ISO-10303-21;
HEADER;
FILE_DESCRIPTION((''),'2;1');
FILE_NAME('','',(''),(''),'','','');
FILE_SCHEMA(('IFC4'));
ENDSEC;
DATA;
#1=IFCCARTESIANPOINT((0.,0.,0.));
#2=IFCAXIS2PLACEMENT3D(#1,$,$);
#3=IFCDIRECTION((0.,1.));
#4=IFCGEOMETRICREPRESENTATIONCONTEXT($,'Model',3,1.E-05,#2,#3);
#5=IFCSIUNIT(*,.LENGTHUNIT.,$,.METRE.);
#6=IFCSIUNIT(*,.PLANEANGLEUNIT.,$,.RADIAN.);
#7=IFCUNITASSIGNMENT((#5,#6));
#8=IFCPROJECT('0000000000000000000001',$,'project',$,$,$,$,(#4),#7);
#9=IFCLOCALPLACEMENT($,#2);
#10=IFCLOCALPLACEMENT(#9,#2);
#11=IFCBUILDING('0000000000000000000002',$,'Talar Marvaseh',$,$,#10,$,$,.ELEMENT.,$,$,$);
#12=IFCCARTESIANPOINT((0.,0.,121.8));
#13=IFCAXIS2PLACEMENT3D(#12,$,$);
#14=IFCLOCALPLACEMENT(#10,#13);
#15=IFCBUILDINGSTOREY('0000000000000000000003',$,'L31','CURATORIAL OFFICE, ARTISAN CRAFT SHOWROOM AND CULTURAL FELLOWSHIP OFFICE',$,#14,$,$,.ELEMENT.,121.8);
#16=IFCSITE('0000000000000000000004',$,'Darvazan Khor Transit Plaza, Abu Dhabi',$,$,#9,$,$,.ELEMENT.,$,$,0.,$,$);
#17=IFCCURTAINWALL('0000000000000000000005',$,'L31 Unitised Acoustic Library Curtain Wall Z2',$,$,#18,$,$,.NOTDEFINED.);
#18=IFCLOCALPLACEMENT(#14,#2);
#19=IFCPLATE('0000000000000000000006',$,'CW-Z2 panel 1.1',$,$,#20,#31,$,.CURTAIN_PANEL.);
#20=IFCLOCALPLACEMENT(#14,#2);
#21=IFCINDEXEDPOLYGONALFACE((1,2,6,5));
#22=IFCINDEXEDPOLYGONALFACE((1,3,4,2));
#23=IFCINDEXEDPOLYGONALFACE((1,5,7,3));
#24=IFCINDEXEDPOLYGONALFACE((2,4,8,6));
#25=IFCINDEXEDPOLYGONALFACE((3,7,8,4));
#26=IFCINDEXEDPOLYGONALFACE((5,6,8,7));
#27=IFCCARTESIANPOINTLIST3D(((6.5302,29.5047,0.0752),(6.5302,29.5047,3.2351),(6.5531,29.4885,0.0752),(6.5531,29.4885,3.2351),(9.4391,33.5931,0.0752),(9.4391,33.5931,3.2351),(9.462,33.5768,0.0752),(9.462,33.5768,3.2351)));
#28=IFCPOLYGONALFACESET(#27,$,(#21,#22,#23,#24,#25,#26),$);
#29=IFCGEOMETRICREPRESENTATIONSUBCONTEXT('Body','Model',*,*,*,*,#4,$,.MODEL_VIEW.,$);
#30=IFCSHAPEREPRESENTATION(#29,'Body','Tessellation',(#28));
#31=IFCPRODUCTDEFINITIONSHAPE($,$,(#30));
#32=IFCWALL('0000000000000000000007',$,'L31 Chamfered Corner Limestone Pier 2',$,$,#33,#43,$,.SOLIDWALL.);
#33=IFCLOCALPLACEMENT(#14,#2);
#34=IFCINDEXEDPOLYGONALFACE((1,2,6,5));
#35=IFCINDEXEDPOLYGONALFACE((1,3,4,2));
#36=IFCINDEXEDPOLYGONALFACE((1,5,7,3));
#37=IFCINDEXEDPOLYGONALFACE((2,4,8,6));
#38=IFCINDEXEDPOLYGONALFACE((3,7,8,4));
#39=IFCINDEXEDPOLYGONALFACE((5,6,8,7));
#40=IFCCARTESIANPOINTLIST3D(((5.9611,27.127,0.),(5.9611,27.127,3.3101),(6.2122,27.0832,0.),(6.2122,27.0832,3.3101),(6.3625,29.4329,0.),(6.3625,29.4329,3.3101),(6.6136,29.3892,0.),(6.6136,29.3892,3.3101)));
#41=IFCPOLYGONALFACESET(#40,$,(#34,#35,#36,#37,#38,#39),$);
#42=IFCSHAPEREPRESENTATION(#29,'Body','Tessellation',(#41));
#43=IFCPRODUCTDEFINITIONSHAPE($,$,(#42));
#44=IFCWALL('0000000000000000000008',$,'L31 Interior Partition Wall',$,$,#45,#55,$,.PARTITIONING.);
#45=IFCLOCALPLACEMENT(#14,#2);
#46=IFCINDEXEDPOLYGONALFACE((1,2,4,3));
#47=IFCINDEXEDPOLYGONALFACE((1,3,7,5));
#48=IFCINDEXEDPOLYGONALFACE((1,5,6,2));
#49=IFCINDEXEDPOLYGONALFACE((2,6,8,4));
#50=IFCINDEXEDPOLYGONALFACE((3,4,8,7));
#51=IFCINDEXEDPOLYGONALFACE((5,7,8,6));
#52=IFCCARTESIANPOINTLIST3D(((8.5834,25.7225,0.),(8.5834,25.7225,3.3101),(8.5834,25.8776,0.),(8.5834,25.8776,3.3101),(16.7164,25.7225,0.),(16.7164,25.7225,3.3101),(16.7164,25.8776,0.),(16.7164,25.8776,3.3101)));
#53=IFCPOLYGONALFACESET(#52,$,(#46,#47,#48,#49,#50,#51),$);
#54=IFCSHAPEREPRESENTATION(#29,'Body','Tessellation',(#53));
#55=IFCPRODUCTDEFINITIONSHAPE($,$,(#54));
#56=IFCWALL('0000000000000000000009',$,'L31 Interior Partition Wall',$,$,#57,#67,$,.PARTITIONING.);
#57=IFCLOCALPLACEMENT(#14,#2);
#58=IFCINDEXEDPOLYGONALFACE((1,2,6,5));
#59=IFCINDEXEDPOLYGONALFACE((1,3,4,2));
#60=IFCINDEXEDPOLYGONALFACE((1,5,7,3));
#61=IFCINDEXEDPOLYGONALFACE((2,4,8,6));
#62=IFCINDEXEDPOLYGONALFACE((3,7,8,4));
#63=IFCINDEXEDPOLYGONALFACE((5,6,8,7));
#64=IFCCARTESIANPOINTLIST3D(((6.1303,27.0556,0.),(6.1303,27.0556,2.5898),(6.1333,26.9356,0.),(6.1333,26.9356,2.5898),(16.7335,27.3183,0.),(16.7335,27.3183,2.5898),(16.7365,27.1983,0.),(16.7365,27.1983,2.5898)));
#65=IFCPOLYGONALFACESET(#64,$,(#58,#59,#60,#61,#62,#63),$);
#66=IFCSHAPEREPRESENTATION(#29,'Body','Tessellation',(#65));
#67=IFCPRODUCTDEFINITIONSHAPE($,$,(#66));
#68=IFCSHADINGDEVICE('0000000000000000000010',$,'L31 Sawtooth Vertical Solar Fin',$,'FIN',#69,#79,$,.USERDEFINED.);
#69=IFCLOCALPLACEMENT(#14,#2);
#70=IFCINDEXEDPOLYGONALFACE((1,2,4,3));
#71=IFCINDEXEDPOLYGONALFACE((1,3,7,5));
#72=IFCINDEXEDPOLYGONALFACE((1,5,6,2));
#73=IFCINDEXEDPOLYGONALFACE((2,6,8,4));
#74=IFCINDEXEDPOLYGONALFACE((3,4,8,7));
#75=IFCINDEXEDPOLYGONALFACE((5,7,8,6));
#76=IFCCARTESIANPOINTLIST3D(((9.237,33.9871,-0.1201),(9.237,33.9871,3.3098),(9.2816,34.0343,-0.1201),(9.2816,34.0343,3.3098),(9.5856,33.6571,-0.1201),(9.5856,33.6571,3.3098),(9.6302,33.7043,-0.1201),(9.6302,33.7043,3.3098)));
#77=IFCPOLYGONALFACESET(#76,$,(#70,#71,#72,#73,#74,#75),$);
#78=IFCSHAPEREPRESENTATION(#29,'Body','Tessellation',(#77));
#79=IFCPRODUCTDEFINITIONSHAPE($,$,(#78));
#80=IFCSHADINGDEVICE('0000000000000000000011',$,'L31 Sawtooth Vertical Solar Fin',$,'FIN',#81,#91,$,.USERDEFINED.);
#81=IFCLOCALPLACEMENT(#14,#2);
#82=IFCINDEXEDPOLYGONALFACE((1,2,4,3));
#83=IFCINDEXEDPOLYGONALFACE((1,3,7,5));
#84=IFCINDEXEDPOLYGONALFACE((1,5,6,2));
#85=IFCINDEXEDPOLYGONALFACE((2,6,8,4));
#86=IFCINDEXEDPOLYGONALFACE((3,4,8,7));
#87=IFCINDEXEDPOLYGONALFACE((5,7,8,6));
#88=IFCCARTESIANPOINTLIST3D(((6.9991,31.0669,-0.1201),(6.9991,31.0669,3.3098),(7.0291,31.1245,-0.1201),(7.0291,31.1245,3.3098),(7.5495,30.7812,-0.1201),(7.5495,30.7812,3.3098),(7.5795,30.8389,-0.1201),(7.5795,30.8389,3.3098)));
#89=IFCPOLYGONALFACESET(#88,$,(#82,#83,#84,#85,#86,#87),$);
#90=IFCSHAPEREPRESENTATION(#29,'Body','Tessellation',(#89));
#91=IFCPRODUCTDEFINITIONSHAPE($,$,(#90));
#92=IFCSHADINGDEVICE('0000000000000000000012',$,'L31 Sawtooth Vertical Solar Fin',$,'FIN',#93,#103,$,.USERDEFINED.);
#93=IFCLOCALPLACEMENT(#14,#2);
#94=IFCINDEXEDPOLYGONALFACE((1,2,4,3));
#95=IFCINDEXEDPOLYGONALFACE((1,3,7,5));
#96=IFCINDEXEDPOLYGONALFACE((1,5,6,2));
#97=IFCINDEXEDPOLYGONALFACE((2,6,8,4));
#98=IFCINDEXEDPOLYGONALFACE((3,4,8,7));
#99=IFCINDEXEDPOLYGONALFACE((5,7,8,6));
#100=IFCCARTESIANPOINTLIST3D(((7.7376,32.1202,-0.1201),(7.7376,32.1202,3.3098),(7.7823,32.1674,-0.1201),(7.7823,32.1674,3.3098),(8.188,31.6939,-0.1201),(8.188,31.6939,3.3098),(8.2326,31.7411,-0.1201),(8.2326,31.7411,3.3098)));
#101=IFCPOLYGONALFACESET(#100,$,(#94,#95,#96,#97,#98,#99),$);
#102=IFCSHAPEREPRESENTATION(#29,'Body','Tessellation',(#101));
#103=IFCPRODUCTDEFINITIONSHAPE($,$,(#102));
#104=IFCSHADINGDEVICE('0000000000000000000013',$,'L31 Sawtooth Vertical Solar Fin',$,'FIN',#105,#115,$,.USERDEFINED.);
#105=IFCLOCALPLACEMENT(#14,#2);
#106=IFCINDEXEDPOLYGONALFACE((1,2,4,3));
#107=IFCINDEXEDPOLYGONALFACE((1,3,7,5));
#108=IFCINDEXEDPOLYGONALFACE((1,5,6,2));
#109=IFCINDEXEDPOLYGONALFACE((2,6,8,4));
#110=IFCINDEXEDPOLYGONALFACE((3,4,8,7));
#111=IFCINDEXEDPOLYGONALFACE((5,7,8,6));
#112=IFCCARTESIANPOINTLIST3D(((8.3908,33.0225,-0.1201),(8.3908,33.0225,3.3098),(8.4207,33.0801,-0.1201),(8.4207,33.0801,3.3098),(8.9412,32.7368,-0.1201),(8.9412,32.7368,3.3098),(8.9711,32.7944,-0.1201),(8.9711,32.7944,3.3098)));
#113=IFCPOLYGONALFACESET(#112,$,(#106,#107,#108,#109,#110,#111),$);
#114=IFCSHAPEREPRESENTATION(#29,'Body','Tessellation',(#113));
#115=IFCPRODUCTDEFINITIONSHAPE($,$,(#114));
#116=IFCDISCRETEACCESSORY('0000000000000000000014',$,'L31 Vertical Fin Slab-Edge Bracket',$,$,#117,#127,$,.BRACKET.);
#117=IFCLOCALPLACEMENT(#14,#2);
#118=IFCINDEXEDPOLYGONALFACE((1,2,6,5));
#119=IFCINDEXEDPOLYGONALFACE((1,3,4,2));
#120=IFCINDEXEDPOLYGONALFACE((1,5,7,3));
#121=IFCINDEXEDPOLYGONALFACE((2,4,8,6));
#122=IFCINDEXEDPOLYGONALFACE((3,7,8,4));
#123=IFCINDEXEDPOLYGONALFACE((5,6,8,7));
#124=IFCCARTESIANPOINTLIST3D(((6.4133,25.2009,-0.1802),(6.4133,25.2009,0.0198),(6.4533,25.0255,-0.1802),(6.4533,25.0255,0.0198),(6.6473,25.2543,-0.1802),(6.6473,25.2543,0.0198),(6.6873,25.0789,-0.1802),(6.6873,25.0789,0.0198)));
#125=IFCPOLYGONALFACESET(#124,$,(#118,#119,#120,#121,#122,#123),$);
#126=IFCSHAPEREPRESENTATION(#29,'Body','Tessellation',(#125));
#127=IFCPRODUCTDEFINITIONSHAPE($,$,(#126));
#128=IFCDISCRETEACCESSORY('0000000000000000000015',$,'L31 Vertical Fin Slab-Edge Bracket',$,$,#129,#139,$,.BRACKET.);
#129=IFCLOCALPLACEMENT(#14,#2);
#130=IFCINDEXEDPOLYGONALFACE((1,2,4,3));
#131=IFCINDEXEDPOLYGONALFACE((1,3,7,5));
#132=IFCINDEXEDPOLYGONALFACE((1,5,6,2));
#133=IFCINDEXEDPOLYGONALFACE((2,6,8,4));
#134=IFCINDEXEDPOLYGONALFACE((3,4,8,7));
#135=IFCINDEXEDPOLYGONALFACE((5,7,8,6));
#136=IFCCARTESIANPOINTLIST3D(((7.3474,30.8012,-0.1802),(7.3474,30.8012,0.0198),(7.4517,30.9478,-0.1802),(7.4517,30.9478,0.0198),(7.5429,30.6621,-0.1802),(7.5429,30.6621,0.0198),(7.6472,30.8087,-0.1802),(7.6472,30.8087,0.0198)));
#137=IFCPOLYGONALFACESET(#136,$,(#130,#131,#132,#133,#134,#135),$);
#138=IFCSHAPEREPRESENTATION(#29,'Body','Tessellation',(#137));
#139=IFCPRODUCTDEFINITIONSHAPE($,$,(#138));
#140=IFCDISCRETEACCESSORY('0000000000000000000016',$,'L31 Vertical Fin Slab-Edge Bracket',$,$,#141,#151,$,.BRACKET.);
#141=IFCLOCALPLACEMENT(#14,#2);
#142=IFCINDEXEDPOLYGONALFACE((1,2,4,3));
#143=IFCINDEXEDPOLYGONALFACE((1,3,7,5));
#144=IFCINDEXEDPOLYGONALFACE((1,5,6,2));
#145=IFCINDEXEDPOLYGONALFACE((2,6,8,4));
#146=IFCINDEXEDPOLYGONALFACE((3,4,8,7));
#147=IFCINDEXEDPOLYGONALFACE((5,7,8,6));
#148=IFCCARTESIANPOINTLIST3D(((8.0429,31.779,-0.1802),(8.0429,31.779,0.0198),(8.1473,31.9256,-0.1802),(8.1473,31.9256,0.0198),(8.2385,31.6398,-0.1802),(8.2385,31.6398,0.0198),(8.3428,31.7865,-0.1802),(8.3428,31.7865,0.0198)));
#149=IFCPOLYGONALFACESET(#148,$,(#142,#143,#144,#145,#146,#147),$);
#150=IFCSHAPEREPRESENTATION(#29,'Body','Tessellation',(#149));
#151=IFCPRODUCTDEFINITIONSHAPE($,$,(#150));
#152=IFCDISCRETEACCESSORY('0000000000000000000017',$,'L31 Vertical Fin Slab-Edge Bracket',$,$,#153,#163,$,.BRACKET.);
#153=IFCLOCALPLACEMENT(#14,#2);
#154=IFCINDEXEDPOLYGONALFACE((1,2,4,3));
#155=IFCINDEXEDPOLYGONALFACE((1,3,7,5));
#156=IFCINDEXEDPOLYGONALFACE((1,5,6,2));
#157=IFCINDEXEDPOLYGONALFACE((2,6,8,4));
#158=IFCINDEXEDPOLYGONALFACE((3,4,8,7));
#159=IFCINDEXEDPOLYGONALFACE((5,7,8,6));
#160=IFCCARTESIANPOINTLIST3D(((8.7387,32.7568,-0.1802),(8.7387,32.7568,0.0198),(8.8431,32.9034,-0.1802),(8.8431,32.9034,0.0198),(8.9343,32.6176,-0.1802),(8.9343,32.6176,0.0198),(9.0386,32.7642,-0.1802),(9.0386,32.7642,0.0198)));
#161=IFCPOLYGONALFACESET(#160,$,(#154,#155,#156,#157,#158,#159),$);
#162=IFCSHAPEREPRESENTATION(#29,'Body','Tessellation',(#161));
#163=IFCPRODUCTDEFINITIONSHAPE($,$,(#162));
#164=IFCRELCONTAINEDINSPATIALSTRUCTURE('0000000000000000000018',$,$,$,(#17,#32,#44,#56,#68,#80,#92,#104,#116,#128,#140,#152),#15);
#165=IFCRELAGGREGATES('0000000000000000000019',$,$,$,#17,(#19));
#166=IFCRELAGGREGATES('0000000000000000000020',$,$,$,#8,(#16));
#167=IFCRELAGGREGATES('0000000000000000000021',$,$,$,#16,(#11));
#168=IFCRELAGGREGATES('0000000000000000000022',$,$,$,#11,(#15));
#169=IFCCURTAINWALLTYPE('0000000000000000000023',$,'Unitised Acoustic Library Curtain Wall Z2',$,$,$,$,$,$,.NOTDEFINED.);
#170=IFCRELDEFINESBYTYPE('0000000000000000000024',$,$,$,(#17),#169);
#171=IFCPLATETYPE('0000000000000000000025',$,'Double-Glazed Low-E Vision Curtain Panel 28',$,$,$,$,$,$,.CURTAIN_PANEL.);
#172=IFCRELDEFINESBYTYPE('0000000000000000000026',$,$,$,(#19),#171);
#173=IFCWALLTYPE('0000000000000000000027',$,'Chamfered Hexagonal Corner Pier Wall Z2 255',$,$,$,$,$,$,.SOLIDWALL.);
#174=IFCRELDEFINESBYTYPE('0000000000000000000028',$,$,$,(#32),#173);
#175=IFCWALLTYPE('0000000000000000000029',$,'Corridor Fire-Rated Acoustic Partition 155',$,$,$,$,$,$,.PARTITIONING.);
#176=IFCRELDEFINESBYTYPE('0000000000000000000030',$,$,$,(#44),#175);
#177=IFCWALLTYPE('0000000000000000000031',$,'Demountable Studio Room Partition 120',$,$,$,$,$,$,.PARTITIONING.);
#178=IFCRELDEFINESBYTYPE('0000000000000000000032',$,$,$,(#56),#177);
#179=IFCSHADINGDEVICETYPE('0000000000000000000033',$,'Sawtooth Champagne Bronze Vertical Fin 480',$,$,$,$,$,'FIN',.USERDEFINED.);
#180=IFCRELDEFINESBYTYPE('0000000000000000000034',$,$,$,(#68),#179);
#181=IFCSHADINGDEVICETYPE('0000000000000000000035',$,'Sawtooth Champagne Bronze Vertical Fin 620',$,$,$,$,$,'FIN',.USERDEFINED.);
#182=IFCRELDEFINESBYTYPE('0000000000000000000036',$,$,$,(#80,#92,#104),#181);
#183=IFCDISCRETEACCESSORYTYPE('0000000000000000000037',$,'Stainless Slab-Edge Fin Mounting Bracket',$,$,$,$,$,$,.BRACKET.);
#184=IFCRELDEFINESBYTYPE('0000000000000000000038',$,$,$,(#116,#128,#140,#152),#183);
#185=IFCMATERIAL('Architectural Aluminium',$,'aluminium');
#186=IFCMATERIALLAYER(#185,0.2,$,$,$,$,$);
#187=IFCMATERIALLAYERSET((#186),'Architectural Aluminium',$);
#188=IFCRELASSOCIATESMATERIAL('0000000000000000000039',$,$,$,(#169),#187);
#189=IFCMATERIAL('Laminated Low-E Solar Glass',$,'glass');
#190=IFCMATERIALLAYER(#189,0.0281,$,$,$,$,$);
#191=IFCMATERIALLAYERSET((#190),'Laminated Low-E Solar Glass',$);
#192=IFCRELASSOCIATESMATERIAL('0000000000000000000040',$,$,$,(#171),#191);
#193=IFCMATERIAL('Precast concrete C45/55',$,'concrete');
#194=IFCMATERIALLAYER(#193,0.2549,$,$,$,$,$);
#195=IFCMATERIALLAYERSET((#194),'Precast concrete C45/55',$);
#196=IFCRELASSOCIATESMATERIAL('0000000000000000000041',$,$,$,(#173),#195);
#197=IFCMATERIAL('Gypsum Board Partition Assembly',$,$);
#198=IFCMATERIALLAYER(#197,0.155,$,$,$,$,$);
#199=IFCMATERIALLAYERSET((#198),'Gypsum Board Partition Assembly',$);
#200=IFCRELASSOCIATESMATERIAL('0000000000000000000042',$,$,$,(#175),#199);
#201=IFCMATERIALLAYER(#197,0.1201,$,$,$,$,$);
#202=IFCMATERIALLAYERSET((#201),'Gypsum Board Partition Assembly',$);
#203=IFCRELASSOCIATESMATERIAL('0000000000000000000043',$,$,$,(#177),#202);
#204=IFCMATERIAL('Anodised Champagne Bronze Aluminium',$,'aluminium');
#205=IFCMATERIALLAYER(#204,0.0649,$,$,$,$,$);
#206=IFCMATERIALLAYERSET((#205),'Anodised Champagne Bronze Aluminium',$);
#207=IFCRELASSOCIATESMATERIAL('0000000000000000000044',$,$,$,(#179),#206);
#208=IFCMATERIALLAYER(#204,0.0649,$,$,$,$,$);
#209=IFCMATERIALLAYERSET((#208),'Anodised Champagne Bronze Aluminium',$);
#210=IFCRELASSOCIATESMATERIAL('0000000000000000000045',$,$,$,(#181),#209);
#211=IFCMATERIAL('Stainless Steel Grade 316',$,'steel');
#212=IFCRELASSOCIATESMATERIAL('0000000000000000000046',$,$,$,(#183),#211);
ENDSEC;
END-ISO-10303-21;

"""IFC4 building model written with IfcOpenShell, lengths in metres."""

from ifc_helpers import new_model, si_unit, direction, frame, frame_2d, origin, origin_2d, place, context, subcontext, project, spatial, rectangle, extrude, source, transform, mapped, material, layer, layer_set, type_object, type_shapes, element, aggregate, save


model = new_model("IFC4")

# Units and contexts
model_context = context("Model", 3, precision=1e-05, world=origin(), true_north=direction((0.0, 1.0)))
body_context = subcontext(model_context, "Body", "Model", "MODEL_VIEW")
ifc_project = project(units=[si_unit("LENGTHUNIT", "METRE"), si_unit("PLANEANGLEUNIT", "RADIAN")], contexts=[model_context])

# Site, building, storey
site_placement = place(None, origin())
site = spatial("IfcSite", under=ifc_project, at=site_placement, Name="Darvazan Khor Transit Plaza, Abu Dhabi", CompositionType="ELEMENT", RefElevation=0.0)
building_placement = place(site_placement, origin())
building = spatial("IfcBuilding", under=site, at=building_placement, Name="Talar Marvaseh", CompositionType="ELEMENT")
storey_placement = place(building_placement, frame((0.0, 0.0, 121.8)))
storey = spatial("IfcBuildingStorey", under=building, at=storey_placement, Name="L31", Description="CURATORIAL OFFICE, ARTISAN CRAFT SHOWROOM AND CULTURAL FELLOWSHIP OFFICE", CompositionType="ELEMENT", Elevation=121.8)

# Shared definitions
ifc_material_1 = material(Name="Architectural Aluminium", Category="aluminium")
ifc_layer_1 = layer(ifc_material_1, 0.2)
ifc_layer_set_1 = layer_set([ifc_layer_1], Name="Architectural Aluminium")
curtain_wall_type = type_object("IfcCurtainWallType", Name="Unitised Acoustic Library Curtain Wall Z2", PredefinedType="NOTDEFINED", material=ifc_layer_set_1)

# Curtain wall, plate
curtain_wall_1_placement = place(storey_placement, origin())
curtain_wall_1 = element("IfcCurtainWall", 1, at=curtain_wall_1_placement, inside=storey, type_object=curtain_wall_type, Name="L31 Unitised Acoustic Library Curtain Wall Z2", PredefinedType="NOTDEFINED")
ifc_material_2 = material(Name="Laminated Low-E Solar Glass", Category="glass")
ifc_layer_2 = layer(ifc_material_2, 0.0281)
ifc_layer_set_2 = layer_set([ifc_layer_2], Name="Laminated Low-E Solar Glass")
plate_type = type_object("IfcPlateType", Name="Double-Glazed Low-E Vision Curtain Panel 28", PredefinedType="CURTAIN_PANEL", material=ifc_layer_set_2)
shared_shape_1 = source(origin(), body_context, "Body", "SweptSolid", [
    extrude(rectangle(XDim=5.0176, YDim=0.0281, at=origin_2d()), origin(), (0.0, 0.0, 1.0), 3.1599),
])
type_shapes(plate_type, [shared_shape_1])
plate_placement = place(storey_placement, frame((7.9961, 31.5408, 0.0752), z_axis=(0.0, 0.0, 1.0), x_axis=(0.579737, 0.814804, 0.0)))
plate = element("IfcPlate", 2, at=plate_placement, type_object=plate_type, Name="CW-Z2 panel 1.1", PredefinedType="CURTAIN_PANEL", context=body_context, shape_type="MappedRepresentation", body=[
    mapped(shared_shape_1, transform((0.0, 0.0, 0.0), x_axis=(1.0, 0.0, 0.0), y_axis=(0.0, 1.0, 0.0), z_axis=(0.0, 0.0, 1.0), scale=1.0)),
])
aggregate(curtain_wall_1, [plate])

# Walls
ifc_material_3 = material(Name="Precast concrete C45/55", Category="concrete")
ifc_layer_3 = layer(ifc_material_3, 0.2549)
ifc_layer_set_3 = layer_set([ifc_layer_3], Name="Precast concrete C45/55")
wall_type_1 = type_object("IfcWallType", Name="Chamfered Hexagonal Corner Pier Wall Z2 255", PredefinedType="SOLIDWALL", material=ifc_layer_set_3)
wall_1_placement = place(storey_placement, frame((6.0867, 27.105, 0.0), z_axis=(0.0, 0.0, 1.0), x_axis=(0.171482, 0.985187, 0.0)))
element("IfcWall", 3, at=wall_1_placement, inside=storey, type_object=wall_type_1, Name="L31 Chamfered Corner Limestone Pier 2", PredefinedType="SOLIDWALL", context=body_context, shape_type="SweptSolid", body=[
    extrude(rectangle(XDim=2.3406, YDim=0.2549, at=frame_2d((1.1704, 0.0))), origin(), (0.0, 0.0, 1.0), 3.3101),
])
ifc_material_4 = material(Name="Gypsum Board Partition Assembly")
ifc_layer_4 = layer(ifc_material_4, 0.155)
ifc_layer_set_4 = layer_set([ifc_layer_4], Name="Gypsum Board Partition Assembly")
wall_type_2 = type_object("IfcWallType", Name="Corridor Fire-Rated Acoustic Partition 155", PredefinedType="PARTITIONING", material=ifc_layer_set_4)
wall_2_placement = place(storey_placement, frame((8.5835, 25.8, 0.0), z_axis=(0.0, 0.0, 1.0), x_axis=(1.0, 0.0, 0.0)))
element("IfcWall", 4, at=wall_2_placement, inside=storey, type_object=wall_type_2, Name="L31 Interior Partition Wall", PredefinedType="PARTITIONING", context=body_context, shape_type="SweptSolid", body=[
    extrude(rectangle(XDim=8.1331, YDim=0.155, at=frame_2d((4.0664, 0.0))), origin(), (0.0, 0.0, 1.0), 3.3101),
])
ifc_layer_5 = layer(ifc_material_4, 0.1201)
ifc_layer_set_5 = layer_set([ifc_layer_5], Name="Gypsum Board Partition Assembly")
wall_type_3 = type_object("IfcWallType", Name="Demountable Studio Room Partition 120", PredefinedType="PARTITIONING", material=ifc_layer_set_5)
wall_3_placement = place(storey_placement, frame((6.1318, 26.9956, 0.0), z_axis=(0.0, 0.0, 1.0), x_axis=(0.999693, 0.024767, 0.0)))
element("IfcWall", 5, at=wall_3_placement, inside=storey, type_object=wall_type_3, Name="L31 Interior Partition Wall", PredefinedType="PARTITIONING", context=body_context, shape_type="SweptSolid", body=[
    extrude(rectangle(XDim=10.6064, YDim=0.1201, at=frame_2d((5.3032, 0.0))), origin(), (0.0, 0.0, 1.0), 2.5898),
])

# Shading devices
ifc_material_5 = material(Name="Anodised Champagne Bronze Aluminium", Category="aluminium")
ifc_layer_6 = layer(ifc_material_5, 0.0649)
ifc_layer_set_6 = layer_set([ifc_layer_6], Name="Anodised Champagne Bronze Aluminium")
shading_device_type_1 = type_object("IfcShadingDeviceType", Name="Sawtooth Champagne Bronze Vertical Fin 480", ElementType="FIN", PredefinedType="USERDEFINED", material=ifc_layer_set_6)
shared_shape_2 = source(origin(), body_context, "Body", "SweptSolid", [
    extrude(rectangle(XDim=0.48, YDim=0.0649, at=origin_2d()), origin(), (0.0, 0.0, 1.0), 3.4299),
])
type_shapes(shading_device_type_1, [shared_shape_2])
shading_device_placement = place(storey_placement, frame((9.4336, 33.8457, -0.1201), z_axis=(0.0, 0.0, 1.0), x_axis=(-0.726215, 0.687468, 0.0)))
element("IfcShadingDevice", 6, at=shading_device_placement, inside=storey, type_object=shading_device_type_1, Name="L31 Sawtooth Vertical Solar Fin", ObjectType="FIN", PredefinedType="USERDEFINED", context=body_context, shape_type="MappedRepresentation", body=[
    mapped(shared_shape_2, transform((0.0, 0.0, 0.0), x_axis=(1.0, 0.0, 0.0), y_axis=(0.0, 1.0, 0.0), z_axis=(0.0, 0.0, 1.0), scale=1.0)),
])
ifc_layer_7 = layer(ifc_material_5, 0.0649)
ifc_layer_set_7 = layer_set([ifc_layer_7], Name="Anodised Champagne Bronze Aluminium")
shading_device_type_2 = type_object("IfcShadingDeviceType", Name="Sawtooth Champagne Bronze Vertical Fin 620", ElementType="FIN", PredefinedType="USERDEFINED", material=ifc_layer_set_7)
shared_shape_3 = source(origin(), body_context, "Body", "SweptSolid", [
    extrude(rectangle(XDim=0.6201, YDim=0.0649, at=origin_2d()), origin(), (0.0, 0.0, 1.0), 3.4299),
])
type_shapes(shading_device_type_2, [shared_shape_3])
for number, where, z_axis, x_axis, name in (
    (7, (7.2893, 30.9529, -0.1201), (0.0, 0.0, 1.0), (-0.887574, 0.460665, 0.0), "L31 Sawtooth Vertical Solar Fin"),
    (8, (7.9851, 31.9307, -0.1201), (0.0, 0.0, 1.0), (-0.726215, 0.687468, 0.0), "L31 Sawtooth Vertical Solar Fin"),
    (9, (8.6809, 32.9084, -0.1201), (0.0, 0.0, 1.0), (-0.887574, 0.460665, 0.0), "L31 Sawtooth Vertical Solar Fin"),
):
    element("IfcShadingDevice", number, at=place(storey_placement, frame(where, z_axis=z_axis, x_axis=x_axis)), inside=storey, type_object=shading_device_type_2, Name=name, ObjectType="FIN", PredefinedType="USERDEFINED", context=body_context, shape_type="MappedRepresentation", body=[
        mapped(shared_shape_3, transform((0.0, 0.0, 0.0), x_axis=(1.0, 0.0, 0.0), y_axis=(0.0, 1.0, 0.0), z_axis=(0.0, 0.0, 1.0), scale=1.0)),
    ])

# Discrete accessories
ifc_material_6 = material(Name="Stainless Steel Grade 316", Category="steel")
discrete_accessory_type = type_object("IfcDiscreteAccessoryType", Name="Stainless Slab-Edge Fin Mounting Bracket", PredefinedType="BRACKET", material=ifc_material_6)
shared_shape_4 = source(origin(), body_context, "Body", "SweptSolid", [
    extrude(rectangle(XDim=0.24, YDim=0.1799, at=origin_2d()), origin(), (0.0, 0.0, 1.0), 0.2),
])
type_shapes(discrete_accessory_type, [shared_shape_4])
for number, where, z_axis, x_axis, name in (
    (10, (6.5503, 25.1399, -0.1802), (0.0, 0.0, 1.0), (-0.974956, -0.222399, 0.0), "L31 Vertical Fin Slab-Edge Bracket"),
    (11, (7.4973, 30.8049, -0.1802), (0.0, 0.0, 1.0), (-0.814824, 0.579708, 0.0), "L31 Vertical Fin Slab-Edge Bracket"),
    (12, (8.1929, 31.7827, -0.1802), (0.0, 0.0, 1.0), (-0.814824, 0.579708, 0.0), "L31 Vertical Fin Slab-Edge Bracket"),
    (13, (8.8887, 32.7605, -0.1802), (0.0, 0.0, 1.0), (-0.814824, 0.579708, 0.0), "L31 Vertical Fin Slab-Edge Bracket"),
):
    element("IfcDiscreteAccessory", number, at=place(storey_placement, frame(where, z_axis=z_axis, x_axis=x_axis)), inside=storey, type_object=discrete_accessory_type, Name=name, PredefinedType="BRACKET", context=body_context, shape_type="MappedRepresentation", body=[
        mapped(shared_shape_4, transform((0.0, 0.0, 0.0), x_axis=(1.0, 0.0, 0.0), y_axis=(0.0, 1.0, 0.0), z_axis=(0.0, 0.0, 1.0), scale=1.0)),
    ])

save(model, "model.ifc")
